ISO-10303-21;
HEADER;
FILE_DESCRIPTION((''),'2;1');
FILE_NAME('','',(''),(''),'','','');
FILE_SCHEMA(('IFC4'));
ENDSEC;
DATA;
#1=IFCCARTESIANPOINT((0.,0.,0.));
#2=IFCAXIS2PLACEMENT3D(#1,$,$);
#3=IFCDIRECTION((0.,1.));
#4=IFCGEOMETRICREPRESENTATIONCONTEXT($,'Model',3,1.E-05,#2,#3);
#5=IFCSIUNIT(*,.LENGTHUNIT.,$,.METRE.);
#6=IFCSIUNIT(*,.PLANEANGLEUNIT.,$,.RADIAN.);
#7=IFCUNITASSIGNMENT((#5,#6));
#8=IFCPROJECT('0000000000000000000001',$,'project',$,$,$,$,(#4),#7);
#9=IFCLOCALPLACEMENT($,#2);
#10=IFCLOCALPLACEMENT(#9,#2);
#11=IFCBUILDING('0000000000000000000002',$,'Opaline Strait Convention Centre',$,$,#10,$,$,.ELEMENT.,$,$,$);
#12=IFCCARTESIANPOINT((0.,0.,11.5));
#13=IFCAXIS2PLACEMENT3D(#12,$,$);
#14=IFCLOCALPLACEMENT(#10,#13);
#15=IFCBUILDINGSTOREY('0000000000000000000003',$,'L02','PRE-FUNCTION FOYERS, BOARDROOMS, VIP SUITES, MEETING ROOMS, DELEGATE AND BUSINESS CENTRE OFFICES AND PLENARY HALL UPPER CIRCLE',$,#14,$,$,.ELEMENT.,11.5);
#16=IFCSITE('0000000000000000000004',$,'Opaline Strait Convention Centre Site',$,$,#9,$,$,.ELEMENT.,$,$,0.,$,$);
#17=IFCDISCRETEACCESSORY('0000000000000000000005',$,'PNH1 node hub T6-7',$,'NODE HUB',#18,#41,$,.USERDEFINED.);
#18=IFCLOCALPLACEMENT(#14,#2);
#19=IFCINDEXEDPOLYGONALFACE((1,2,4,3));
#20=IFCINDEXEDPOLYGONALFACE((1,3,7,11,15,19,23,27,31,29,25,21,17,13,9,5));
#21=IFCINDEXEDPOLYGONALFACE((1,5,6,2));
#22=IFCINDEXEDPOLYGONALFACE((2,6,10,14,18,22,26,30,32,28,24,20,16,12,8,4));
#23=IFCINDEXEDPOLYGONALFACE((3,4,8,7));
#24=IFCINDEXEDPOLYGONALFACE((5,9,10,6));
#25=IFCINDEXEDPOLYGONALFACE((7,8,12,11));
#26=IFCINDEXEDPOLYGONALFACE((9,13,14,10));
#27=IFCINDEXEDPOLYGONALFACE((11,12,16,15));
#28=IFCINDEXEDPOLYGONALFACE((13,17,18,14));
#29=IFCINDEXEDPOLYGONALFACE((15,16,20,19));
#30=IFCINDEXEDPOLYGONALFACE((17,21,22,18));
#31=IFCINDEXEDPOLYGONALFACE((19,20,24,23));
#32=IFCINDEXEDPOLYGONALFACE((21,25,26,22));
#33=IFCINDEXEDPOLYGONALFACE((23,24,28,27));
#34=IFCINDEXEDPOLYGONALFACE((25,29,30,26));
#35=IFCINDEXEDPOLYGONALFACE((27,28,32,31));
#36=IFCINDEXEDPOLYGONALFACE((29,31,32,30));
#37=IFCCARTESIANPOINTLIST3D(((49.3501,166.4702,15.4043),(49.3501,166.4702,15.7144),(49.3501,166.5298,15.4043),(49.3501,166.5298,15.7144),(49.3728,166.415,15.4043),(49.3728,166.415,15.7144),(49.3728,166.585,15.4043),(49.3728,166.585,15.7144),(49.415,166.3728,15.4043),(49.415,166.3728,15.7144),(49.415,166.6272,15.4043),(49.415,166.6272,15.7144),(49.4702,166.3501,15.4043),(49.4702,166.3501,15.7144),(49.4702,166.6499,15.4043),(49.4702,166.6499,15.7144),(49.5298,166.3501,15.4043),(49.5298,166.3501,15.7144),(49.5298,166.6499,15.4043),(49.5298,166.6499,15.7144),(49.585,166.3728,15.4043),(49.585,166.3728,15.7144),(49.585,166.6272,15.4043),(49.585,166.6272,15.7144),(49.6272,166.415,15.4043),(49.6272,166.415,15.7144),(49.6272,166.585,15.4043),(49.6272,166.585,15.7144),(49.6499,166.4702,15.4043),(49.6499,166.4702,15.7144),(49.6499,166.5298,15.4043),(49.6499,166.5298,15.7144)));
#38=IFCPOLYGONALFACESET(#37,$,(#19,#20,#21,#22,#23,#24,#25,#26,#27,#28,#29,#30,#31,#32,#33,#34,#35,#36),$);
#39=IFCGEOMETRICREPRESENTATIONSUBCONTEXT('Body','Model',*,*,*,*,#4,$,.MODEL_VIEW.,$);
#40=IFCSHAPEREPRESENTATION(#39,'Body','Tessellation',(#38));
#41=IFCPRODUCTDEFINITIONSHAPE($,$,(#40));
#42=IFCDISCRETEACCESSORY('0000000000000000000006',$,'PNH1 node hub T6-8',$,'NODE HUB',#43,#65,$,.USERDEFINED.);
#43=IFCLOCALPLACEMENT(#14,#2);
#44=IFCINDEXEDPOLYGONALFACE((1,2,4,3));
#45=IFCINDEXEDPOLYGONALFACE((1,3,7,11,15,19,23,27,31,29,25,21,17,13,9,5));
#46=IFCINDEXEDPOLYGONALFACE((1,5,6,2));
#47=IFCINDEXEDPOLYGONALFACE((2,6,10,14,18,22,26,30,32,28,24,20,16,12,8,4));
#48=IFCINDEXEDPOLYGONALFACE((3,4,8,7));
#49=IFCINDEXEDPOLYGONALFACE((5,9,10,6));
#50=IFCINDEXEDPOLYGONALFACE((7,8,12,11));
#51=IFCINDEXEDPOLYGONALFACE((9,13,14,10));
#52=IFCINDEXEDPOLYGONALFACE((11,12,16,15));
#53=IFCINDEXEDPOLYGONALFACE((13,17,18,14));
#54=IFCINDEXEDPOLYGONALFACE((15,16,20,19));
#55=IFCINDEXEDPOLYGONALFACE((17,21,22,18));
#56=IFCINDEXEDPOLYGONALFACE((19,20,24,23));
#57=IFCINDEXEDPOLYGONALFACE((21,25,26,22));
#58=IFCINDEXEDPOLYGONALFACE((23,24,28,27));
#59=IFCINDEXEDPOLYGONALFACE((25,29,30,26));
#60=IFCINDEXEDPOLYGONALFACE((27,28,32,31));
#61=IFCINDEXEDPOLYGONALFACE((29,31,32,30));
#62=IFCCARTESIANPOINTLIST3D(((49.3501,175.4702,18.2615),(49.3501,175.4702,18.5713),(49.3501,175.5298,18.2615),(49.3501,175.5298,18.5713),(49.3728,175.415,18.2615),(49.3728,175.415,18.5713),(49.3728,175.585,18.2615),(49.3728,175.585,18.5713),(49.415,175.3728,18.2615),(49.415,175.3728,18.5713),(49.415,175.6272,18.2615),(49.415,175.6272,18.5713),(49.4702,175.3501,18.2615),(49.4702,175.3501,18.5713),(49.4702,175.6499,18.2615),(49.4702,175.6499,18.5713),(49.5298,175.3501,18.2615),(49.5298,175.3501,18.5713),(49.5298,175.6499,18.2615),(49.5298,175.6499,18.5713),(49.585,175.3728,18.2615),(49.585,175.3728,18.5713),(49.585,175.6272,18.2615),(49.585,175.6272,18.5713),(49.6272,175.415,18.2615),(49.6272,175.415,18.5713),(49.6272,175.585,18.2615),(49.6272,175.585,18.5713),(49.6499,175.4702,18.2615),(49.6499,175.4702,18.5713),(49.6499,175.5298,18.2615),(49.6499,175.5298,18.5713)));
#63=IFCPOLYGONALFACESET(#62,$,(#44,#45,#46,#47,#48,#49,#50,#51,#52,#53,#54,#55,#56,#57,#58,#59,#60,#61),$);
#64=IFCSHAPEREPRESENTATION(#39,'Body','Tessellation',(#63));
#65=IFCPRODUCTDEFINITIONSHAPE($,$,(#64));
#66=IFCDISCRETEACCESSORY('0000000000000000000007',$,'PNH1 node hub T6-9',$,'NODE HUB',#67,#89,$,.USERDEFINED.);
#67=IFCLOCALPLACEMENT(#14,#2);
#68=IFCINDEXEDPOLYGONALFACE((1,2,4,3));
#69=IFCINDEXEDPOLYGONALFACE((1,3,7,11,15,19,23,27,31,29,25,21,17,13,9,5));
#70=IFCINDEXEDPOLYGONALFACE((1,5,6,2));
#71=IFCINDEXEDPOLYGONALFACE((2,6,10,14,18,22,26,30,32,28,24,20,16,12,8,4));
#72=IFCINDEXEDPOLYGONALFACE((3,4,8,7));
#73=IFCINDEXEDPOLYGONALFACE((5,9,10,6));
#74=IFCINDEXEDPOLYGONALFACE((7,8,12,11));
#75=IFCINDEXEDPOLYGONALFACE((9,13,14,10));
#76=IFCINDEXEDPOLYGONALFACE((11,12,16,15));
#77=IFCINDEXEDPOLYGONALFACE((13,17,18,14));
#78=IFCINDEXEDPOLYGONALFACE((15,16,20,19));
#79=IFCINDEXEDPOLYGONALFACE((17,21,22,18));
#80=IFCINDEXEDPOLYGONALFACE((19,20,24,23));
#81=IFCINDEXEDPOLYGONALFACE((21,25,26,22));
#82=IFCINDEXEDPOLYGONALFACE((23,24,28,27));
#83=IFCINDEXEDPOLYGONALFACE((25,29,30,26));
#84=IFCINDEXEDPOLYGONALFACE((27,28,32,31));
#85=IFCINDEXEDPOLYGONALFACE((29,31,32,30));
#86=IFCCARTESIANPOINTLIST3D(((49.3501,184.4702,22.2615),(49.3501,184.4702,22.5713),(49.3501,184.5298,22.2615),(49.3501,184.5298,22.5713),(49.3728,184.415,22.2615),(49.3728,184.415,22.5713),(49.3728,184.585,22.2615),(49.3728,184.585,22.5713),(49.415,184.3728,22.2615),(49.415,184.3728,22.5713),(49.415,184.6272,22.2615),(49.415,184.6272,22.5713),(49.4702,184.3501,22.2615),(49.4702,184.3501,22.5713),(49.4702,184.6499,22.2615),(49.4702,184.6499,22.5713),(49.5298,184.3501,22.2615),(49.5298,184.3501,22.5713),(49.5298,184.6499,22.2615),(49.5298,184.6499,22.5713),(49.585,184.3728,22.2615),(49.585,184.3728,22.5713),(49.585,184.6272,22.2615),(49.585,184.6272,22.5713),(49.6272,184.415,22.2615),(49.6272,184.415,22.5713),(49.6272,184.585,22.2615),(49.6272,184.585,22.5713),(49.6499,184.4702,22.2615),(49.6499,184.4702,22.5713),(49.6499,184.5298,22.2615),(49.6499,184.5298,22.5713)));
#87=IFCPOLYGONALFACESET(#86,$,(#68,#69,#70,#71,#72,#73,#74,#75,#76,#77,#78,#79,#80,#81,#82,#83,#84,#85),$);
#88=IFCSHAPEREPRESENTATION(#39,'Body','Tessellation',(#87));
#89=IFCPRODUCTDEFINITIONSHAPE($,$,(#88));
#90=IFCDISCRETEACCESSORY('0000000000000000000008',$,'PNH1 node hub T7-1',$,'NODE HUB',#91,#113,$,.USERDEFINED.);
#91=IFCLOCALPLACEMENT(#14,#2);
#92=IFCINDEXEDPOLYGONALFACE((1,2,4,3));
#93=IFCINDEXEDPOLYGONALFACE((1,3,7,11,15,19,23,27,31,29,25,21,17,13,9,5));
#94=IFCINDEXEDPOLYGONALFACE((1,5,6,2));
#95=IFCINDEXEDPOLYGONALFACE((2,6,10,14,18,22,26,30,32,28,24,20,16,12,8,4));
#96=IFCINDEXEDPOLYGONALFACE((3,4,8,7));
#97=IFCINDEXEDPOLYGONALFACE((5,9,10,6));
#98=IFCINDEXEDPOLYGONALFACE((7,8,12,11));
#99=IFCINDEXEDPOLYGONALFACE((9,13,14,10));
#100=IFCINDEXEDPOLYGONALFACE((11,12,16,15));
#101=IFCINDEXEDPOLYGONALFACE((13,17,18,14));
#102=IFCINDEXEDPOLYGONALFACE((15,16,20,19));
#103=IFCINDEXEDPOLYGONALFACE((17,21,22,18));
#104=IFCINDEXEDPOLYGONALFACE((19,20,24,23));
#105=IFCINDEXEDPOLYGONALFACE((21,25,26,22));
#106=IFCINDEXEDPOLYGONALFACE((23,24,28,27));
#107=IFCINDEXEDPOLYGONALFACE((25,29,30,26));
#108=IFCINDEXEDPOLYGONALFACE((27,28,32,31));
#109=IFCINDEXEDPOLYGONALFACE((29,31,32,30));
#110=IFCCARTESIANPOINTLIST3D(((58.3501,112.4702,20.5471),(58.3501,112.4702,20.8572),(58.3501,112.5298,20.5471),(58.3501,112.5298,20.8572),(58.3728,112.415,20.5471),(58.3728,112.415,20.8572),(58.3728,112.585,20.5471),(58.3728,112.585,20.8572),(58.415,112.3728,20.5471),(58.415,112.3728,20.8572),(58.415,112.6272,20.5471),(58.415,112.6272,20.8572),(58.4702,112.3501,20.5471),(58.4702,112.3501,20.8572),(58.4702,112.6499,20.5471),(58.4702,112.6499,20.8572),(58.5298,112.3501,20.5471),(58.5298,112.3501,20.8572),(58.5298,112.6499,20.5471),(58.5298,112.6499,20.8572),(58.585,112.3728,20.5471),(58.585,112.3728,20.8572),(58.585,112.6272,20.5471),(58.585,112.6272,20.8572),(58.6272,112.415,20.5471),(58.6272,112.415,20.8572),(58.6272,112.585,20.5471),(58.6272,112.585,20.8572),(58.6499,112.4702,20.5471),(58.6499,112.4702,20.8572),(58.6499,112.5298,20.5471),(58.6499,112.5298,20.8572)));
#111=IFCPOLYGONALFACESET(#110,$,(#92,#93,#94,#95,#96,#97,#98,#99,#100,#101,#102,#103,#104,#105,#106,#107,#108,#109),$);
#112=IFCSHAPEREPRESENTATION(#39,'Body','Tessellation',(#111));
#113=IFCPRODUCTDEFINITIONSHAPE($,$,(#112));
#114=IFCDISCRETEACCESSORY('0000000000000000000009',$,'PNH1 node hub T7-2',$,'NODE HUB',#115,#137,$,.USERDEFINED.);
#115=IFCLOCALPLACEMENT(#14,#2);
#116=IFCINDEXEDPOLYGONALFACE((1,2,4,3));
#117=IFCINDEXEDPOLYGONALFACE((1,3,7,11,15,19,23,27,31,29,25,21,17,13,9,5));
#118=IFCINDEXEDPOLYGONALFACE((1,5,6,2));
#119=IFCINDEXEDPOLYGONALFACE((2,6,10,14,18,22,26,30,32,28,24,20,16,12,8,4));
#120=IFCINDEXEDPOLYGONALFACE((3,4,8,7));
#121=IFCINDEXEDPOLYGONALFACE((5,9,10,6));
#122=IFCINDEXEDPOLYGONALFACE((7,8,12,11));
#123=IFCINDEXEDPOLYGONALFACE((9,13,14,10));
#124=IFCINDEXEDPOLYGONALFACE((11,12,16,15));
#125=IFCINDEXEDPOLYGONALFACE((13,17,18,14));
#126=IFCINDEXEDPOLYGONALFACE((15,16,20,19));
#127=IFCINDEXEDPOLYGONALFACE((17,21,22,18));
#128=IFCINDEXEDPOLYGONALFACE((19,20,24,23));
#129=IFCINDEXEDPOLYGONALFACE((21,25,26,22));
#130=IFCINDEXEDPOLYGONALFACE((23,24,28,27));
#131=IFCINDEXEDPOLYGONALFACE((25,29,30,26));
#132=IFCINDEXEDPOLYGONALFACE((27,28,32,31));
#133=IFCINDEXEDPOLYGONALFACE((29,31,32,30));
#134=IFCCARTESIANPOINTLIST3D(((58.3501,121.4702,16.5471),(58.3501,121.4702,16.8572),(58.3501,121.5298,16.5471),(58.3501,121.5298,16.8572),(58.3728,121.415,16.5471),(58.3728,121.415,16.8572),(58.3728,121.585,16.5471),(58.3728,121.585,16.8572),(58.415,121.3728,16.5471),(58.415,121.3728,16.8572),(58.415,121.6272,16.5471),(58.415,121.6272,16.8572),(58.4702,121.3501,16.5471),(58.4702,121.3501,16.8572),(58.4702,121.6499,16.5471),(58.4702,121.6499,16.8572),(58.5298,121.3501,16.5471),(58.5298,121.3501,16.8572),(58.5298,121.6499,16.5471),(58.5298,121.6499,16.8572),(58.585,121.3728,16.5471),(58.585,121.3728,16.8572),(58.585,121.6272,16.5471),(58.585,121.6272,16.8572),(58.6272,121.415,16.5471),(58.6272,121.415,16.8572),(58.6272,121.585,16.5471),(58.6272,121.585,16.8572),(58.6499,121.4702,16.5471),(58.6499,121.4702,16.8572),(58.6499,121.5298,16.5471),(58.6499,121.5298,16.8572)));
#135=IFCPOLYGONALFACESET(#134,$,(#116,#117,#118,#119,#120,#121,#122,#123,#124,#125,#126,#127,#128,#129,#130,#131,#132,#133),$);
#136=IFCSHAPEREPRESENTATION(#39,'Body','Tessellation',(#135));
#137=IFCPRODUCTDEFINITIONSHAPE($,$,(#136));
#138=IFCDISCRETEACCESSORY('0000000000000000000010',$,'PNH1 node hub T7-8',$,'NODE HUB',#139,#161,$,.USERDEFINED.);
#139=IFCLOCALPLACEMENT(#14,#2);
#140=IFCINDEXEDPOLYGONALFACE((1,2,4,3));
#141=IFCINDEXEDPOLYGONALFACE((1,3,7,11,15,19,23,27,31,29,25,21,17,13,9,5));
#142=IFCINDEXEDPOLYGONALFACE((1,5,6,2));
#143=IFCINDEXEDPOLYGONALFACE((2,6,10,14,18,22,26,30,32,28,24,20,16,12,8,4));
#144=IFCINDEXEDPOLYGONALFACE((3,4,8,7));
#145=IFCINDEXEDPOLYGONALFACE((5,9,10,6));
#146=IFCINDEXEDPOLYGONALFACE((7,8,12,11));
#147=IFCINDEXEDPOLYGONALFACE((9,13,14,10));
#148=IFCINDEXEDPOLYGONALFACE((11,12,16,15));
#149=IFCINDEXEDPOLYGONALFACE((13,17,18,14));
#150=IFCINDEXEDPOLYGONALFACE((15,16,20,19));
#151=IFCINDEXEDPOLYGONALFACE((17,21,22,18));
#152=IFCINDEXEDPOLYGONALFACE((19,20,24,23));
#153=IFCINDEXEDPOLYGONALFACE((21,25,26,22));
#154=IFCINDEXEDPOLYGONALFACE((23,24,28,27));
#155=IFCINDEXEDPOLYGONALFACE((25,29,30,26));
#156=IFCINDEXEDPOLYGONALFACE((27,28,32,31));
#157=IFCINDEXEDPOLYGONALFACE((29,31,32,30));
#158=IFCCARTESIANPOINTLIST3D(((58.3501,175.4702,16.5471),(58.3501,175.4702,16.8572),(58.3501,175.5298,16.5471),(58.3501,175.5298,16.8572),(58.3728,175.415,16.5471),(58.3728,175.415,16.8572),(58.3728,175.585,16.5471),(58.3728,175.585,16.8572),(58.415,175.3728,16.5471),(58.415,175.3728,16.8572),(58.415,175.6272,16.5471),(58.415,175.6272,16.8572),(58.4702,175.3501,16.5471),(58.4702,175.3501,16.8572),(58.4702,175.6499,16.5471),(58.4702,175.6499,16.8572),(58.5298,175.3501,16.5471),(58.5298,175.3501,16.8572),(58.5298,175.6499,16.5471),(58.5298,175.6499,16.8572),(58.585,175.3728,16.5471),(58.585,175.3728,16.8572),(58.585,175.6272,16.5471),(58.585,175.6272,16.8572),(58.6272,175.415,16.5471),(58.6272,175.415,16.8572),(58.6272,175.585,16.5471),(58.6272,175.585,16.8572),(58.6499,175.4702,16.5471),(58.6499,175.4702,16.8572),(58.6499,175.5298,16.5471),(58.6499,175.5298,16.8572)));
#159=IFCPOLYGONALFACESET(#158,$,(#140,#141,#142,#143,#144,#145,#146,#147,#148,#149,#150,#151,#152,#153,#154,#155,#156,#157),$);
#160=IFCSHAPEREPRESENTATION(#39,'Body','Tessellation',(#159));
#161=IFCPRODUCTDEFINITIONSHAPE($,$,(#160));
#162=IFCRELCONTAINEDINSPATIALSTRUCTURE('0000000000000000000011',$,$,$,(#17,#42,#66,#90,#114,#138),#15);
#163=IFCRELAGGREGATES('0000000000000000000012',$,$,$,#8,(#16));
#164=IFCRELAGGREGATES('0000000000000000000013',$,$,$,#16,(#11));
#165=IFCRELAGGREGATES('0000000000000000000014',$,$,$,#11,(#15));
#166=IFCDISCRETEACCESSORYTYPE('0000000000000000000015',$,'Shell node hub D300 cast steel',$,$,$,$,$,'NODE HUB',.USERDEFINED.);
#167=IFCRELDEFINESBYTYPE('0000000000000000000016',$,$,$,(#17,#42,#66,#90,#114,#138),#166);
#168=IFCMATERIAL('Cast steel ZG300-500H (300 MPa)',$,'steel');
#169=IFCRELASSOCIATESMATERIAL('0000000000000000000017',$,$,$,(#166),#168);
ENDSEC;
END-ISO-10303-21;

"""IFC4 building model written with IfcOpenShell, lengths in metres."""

from ifc_helpers import new_model, si_unit, direction, frame, origin, place, context, subcontext, project, spatial, polyline, outline, extrude, material, type_object, element, save


model = new_model("IFC4")

# Units and contexts
model_context = context("Model", 3, precision=1e-05, world=origin(), true_north=direction((0.0, 1.0)))
body_context = subcontext(model_context, "Body", "Model", "MODEL_VIEW")
ifc_project = project(units=[si_unit("LENGTHUNIT", "METRE"), si_unit("PLANEANGLEUNIT", "RADIAN")], contexts=[model_context])

# Site, building, storey
site_placement = place(None, origin())
site = spatial("IfcSite", under=ifc_project, at=site_placement, Name="Opaline Strait Convention Centre Site", CompositionType="ELEMENT", RefElevation=0.0)
building_placement = place(site_placement, origin())
building = spatial("IfcBuilding", under=site, at=building_placement, Name="Opaline Strait Convention Centre", CompositionType="ELEMENT")
storey_placement = place(building_placement, frame((0.0, 0.0, 11.5)))
storey = spatial("IfcBuildingStorey", under=building, at=storey_placement, Name="L02", Description="PRE-FUNCTION FOYERS, BOARDROOMS, VIP SUITES, MEETING ROOMS, DELEGATE AND BUSINESS CENTRE OFFICES AND PLENARY HALL UPPER CIRCLE", CompositionType="ELEMENT", Elevation=11.5)

# Discrete accessories
ifc_material_1 = material(Name="Cast steel ZG300-500H (300 MPa)", Category="steel")
discrete_accessory_type_1 = type_object("IfcDiscreteAccessoryType", Name="Shell node hub D300 cast steel", ElementType="NODE HUB", PredefinedType="USERDEFINED", material=ifc_material_1)
discrete_accessory_1_placement = place(storey_placement, frame((0.0, 0.0, 15.4043)))
element("IfcDiscreteAccessory", 1, at=discrete_accessory_1_placement, inside=storey, type_object=discrete_accessory_type_1, Name="PNH1 node hub T6-7", ObjectType="NODE HUB", PredefinedType="USERDEFINED", context=body_context, shape_type="SweptSolid", body=[
    extrude(outline(polyline([(49.6499, 166.5298), (49.6272, 166.585), (49.585, 166.6272), (49.5298, 166.6499), (49.4702, 166.6499), (49.415, 166.6272), (49.3728, 166.585), (49.3501, 166.5298), (49.3501, 166.4702), (49.3728, 166.415), (49.415, 166.3728), (49.4702, 166.3501), (49.5298, 166.3501), (49.585, 166.3728), (49.6272, 166.415), (49.6499, 166.4702), (49.6499, 166.5298)])), origin(), (0.0, 0.0, 1.0), 0.3101),
])
discrete_accessory_2_placement = place(storey_placement, frame((0.0, 0.0, 18.2615)))
element("IfcDiscreteAccessory", 2, at=discrete_accessory_2_placement, inside=storey, type_object=discrete_accessory_type_1, Name="PNH1 node hub T6-8", ObjectType="NODE HUB", PredefinedType="USERDEFINED", context=body_context, shape_type="SweptSolid", body=[
    extrude(outline(polyline([(49.6499, 175.5298), (49.6272, 175.585), (49.585, 175.6272), (49.5298, 175.6499), (49.4702, 175.6499), (49.415, 175.6272), (49.3728, 175.585), (49.3501, 175.5298), (49.3501, 175.4702), (49.3728, 175.415), (49.415, 175.3728), (49.4702, 175.3501), (49.5298, 175.3501), (49.585, 175.3728), (49.6272, 175.415), (49.6499, 175.4702), (49.6499, 175.5298)])), origin(), (0.0, 0.0, 1.0), 0.3098),
])
discrete_accessory_3_placement = place(storey_placement, frame((0.0, 0.0, 22.2615)))
element("IfcDiscreteAccessory", 3, at=discrete_accessory_3_placement, inside=storey, type_object=discrete_accessory_type_1, Name="PNH1 node hub T6-9", ObjectType="NODE HUB", PredefinedType="USERDEFINED", context=body_context, shape_type="SweptSolid", body=[
    extrude(outline(polyline([(49.6499, 184.5298), (49.6272, 184.585), (49.585, 184.6272), (49.5298, 184.6499), (49.4702, 184.6499), (49.415, 184.6272), (49.3728, 184.585), (49.3501, 184.5298), (49.3501, 184.4702), (49.3728, 184.415), (49.415, 184.3728), (49.4702, 184.3501), (49.5298, 184.3501), (49.585, 184.3728), (49.6272, 184.415), (49.6499, 184.4702), (49.6499, 184.5298)])), origin(), (0.0, 0.0, 1.0), 0.3098),
])
discrete_accessory_4_placement = place(storey_placement, frame((0.0, 0.0, 20.5471)))
element("IfcDiscreteAccessory", 4, at=discrete_accessory_4_placement, inside=storey, type_object=discrete_accessory_type_1, Name="PNH1 node hub T7-1", ObjectType="NODE HUB", PredefinedType="USERDEFINED", context=body_context, shape_type="SweptSolid", body=[
    extrude(outline(polyline([(58.6499, 112.5298), (58.6272, 112.585), (58.585, 112.6272), (58.5298, 112.6499), (58.4702, 112.6499), (58.415, 112.6272), (58.3728, 112.585), (58.3501, 112.5298), (58.3501, 112.4702), (58.3728, 112.415), (58.415, 112.3728), (58.4702, 112.3501), (58.5298, 112.3501), (58.585, 112.3728), (58.6272, 112.415), (58.6499, 112.4702), (58.6499, 112.5298)])), origin(), (0.0, 0.0, 1.0), 0.3101),
])
discrete_accessory_5_placement = place(storey_placement, frame((0.0, 0.0, 16.5471)))
element("IfcDiscreteAccessory", 5, at=discrete_accessory_5_placement, inside=storey, type_object=discrete_accessory_type_1, Name="PNH1 node hub T7-2", ObjectType="NODE HUB", PredefinedType="USERDEFINED", context=body_context, shape_type="SweptSolid", body=[
    extrude(outline(polyline([(58.6499, 121.5298), (58.6272, 121.585), (58.585, 121.6272), (58.5298, 121.6499), (58.4702, 121.6499), (58.415, 121.6272), (58.3728, 121.585), (58.3501, 121.5298), (58.3501, 121.4702), (58.3728, 121.415), (58.415, 121.3728), (58.4702, 121.3501), (58.5298, 121.3501), (58.585, 121.3728), (58.6272, 121.415), (58.6499, 121.4702), (58.6499, 121.5298)])), origin(), (0.0, 0.0, 1.0), 0.3101),
])
discrete_accessory_6_placement = place(storey_placement, frame((0.0, 0.0, 16.5471)))
element("IfcDiscreteAccessory", 6, at=discrete_accessory_6_placement, inside=storey, type_object=discrete_accessory_type_1, Name="PNH1 node hub T7-8", ObjectType="NODE HUB", PredefinedType="USERDEFINED", context=body_context, shape_type="SweptSolid", body=[
    extrude(outline(polyline([(58.6499, 175.5298), (58.6272, 175.585), (58.585, 175.6272), (58.5298, 175.6499), (58.4702, 175.6499), (58.415, 175.6272), (58.3728, 175.585), (58.3501, 175.5298), (58.3501, 175.4702), (58.3728, 175.415), (58.415, 175.3728), (58.4702, 175.3501), (58.5298, 175.3501), (58.585, 175.3728), (58.6272, 175.415), (58.6499, 175.4702), (58.6499, 175.5298)])), origin(), (0.0, 0.0, 1.0), 0.3101),
])

save(model, "model.ifc")
